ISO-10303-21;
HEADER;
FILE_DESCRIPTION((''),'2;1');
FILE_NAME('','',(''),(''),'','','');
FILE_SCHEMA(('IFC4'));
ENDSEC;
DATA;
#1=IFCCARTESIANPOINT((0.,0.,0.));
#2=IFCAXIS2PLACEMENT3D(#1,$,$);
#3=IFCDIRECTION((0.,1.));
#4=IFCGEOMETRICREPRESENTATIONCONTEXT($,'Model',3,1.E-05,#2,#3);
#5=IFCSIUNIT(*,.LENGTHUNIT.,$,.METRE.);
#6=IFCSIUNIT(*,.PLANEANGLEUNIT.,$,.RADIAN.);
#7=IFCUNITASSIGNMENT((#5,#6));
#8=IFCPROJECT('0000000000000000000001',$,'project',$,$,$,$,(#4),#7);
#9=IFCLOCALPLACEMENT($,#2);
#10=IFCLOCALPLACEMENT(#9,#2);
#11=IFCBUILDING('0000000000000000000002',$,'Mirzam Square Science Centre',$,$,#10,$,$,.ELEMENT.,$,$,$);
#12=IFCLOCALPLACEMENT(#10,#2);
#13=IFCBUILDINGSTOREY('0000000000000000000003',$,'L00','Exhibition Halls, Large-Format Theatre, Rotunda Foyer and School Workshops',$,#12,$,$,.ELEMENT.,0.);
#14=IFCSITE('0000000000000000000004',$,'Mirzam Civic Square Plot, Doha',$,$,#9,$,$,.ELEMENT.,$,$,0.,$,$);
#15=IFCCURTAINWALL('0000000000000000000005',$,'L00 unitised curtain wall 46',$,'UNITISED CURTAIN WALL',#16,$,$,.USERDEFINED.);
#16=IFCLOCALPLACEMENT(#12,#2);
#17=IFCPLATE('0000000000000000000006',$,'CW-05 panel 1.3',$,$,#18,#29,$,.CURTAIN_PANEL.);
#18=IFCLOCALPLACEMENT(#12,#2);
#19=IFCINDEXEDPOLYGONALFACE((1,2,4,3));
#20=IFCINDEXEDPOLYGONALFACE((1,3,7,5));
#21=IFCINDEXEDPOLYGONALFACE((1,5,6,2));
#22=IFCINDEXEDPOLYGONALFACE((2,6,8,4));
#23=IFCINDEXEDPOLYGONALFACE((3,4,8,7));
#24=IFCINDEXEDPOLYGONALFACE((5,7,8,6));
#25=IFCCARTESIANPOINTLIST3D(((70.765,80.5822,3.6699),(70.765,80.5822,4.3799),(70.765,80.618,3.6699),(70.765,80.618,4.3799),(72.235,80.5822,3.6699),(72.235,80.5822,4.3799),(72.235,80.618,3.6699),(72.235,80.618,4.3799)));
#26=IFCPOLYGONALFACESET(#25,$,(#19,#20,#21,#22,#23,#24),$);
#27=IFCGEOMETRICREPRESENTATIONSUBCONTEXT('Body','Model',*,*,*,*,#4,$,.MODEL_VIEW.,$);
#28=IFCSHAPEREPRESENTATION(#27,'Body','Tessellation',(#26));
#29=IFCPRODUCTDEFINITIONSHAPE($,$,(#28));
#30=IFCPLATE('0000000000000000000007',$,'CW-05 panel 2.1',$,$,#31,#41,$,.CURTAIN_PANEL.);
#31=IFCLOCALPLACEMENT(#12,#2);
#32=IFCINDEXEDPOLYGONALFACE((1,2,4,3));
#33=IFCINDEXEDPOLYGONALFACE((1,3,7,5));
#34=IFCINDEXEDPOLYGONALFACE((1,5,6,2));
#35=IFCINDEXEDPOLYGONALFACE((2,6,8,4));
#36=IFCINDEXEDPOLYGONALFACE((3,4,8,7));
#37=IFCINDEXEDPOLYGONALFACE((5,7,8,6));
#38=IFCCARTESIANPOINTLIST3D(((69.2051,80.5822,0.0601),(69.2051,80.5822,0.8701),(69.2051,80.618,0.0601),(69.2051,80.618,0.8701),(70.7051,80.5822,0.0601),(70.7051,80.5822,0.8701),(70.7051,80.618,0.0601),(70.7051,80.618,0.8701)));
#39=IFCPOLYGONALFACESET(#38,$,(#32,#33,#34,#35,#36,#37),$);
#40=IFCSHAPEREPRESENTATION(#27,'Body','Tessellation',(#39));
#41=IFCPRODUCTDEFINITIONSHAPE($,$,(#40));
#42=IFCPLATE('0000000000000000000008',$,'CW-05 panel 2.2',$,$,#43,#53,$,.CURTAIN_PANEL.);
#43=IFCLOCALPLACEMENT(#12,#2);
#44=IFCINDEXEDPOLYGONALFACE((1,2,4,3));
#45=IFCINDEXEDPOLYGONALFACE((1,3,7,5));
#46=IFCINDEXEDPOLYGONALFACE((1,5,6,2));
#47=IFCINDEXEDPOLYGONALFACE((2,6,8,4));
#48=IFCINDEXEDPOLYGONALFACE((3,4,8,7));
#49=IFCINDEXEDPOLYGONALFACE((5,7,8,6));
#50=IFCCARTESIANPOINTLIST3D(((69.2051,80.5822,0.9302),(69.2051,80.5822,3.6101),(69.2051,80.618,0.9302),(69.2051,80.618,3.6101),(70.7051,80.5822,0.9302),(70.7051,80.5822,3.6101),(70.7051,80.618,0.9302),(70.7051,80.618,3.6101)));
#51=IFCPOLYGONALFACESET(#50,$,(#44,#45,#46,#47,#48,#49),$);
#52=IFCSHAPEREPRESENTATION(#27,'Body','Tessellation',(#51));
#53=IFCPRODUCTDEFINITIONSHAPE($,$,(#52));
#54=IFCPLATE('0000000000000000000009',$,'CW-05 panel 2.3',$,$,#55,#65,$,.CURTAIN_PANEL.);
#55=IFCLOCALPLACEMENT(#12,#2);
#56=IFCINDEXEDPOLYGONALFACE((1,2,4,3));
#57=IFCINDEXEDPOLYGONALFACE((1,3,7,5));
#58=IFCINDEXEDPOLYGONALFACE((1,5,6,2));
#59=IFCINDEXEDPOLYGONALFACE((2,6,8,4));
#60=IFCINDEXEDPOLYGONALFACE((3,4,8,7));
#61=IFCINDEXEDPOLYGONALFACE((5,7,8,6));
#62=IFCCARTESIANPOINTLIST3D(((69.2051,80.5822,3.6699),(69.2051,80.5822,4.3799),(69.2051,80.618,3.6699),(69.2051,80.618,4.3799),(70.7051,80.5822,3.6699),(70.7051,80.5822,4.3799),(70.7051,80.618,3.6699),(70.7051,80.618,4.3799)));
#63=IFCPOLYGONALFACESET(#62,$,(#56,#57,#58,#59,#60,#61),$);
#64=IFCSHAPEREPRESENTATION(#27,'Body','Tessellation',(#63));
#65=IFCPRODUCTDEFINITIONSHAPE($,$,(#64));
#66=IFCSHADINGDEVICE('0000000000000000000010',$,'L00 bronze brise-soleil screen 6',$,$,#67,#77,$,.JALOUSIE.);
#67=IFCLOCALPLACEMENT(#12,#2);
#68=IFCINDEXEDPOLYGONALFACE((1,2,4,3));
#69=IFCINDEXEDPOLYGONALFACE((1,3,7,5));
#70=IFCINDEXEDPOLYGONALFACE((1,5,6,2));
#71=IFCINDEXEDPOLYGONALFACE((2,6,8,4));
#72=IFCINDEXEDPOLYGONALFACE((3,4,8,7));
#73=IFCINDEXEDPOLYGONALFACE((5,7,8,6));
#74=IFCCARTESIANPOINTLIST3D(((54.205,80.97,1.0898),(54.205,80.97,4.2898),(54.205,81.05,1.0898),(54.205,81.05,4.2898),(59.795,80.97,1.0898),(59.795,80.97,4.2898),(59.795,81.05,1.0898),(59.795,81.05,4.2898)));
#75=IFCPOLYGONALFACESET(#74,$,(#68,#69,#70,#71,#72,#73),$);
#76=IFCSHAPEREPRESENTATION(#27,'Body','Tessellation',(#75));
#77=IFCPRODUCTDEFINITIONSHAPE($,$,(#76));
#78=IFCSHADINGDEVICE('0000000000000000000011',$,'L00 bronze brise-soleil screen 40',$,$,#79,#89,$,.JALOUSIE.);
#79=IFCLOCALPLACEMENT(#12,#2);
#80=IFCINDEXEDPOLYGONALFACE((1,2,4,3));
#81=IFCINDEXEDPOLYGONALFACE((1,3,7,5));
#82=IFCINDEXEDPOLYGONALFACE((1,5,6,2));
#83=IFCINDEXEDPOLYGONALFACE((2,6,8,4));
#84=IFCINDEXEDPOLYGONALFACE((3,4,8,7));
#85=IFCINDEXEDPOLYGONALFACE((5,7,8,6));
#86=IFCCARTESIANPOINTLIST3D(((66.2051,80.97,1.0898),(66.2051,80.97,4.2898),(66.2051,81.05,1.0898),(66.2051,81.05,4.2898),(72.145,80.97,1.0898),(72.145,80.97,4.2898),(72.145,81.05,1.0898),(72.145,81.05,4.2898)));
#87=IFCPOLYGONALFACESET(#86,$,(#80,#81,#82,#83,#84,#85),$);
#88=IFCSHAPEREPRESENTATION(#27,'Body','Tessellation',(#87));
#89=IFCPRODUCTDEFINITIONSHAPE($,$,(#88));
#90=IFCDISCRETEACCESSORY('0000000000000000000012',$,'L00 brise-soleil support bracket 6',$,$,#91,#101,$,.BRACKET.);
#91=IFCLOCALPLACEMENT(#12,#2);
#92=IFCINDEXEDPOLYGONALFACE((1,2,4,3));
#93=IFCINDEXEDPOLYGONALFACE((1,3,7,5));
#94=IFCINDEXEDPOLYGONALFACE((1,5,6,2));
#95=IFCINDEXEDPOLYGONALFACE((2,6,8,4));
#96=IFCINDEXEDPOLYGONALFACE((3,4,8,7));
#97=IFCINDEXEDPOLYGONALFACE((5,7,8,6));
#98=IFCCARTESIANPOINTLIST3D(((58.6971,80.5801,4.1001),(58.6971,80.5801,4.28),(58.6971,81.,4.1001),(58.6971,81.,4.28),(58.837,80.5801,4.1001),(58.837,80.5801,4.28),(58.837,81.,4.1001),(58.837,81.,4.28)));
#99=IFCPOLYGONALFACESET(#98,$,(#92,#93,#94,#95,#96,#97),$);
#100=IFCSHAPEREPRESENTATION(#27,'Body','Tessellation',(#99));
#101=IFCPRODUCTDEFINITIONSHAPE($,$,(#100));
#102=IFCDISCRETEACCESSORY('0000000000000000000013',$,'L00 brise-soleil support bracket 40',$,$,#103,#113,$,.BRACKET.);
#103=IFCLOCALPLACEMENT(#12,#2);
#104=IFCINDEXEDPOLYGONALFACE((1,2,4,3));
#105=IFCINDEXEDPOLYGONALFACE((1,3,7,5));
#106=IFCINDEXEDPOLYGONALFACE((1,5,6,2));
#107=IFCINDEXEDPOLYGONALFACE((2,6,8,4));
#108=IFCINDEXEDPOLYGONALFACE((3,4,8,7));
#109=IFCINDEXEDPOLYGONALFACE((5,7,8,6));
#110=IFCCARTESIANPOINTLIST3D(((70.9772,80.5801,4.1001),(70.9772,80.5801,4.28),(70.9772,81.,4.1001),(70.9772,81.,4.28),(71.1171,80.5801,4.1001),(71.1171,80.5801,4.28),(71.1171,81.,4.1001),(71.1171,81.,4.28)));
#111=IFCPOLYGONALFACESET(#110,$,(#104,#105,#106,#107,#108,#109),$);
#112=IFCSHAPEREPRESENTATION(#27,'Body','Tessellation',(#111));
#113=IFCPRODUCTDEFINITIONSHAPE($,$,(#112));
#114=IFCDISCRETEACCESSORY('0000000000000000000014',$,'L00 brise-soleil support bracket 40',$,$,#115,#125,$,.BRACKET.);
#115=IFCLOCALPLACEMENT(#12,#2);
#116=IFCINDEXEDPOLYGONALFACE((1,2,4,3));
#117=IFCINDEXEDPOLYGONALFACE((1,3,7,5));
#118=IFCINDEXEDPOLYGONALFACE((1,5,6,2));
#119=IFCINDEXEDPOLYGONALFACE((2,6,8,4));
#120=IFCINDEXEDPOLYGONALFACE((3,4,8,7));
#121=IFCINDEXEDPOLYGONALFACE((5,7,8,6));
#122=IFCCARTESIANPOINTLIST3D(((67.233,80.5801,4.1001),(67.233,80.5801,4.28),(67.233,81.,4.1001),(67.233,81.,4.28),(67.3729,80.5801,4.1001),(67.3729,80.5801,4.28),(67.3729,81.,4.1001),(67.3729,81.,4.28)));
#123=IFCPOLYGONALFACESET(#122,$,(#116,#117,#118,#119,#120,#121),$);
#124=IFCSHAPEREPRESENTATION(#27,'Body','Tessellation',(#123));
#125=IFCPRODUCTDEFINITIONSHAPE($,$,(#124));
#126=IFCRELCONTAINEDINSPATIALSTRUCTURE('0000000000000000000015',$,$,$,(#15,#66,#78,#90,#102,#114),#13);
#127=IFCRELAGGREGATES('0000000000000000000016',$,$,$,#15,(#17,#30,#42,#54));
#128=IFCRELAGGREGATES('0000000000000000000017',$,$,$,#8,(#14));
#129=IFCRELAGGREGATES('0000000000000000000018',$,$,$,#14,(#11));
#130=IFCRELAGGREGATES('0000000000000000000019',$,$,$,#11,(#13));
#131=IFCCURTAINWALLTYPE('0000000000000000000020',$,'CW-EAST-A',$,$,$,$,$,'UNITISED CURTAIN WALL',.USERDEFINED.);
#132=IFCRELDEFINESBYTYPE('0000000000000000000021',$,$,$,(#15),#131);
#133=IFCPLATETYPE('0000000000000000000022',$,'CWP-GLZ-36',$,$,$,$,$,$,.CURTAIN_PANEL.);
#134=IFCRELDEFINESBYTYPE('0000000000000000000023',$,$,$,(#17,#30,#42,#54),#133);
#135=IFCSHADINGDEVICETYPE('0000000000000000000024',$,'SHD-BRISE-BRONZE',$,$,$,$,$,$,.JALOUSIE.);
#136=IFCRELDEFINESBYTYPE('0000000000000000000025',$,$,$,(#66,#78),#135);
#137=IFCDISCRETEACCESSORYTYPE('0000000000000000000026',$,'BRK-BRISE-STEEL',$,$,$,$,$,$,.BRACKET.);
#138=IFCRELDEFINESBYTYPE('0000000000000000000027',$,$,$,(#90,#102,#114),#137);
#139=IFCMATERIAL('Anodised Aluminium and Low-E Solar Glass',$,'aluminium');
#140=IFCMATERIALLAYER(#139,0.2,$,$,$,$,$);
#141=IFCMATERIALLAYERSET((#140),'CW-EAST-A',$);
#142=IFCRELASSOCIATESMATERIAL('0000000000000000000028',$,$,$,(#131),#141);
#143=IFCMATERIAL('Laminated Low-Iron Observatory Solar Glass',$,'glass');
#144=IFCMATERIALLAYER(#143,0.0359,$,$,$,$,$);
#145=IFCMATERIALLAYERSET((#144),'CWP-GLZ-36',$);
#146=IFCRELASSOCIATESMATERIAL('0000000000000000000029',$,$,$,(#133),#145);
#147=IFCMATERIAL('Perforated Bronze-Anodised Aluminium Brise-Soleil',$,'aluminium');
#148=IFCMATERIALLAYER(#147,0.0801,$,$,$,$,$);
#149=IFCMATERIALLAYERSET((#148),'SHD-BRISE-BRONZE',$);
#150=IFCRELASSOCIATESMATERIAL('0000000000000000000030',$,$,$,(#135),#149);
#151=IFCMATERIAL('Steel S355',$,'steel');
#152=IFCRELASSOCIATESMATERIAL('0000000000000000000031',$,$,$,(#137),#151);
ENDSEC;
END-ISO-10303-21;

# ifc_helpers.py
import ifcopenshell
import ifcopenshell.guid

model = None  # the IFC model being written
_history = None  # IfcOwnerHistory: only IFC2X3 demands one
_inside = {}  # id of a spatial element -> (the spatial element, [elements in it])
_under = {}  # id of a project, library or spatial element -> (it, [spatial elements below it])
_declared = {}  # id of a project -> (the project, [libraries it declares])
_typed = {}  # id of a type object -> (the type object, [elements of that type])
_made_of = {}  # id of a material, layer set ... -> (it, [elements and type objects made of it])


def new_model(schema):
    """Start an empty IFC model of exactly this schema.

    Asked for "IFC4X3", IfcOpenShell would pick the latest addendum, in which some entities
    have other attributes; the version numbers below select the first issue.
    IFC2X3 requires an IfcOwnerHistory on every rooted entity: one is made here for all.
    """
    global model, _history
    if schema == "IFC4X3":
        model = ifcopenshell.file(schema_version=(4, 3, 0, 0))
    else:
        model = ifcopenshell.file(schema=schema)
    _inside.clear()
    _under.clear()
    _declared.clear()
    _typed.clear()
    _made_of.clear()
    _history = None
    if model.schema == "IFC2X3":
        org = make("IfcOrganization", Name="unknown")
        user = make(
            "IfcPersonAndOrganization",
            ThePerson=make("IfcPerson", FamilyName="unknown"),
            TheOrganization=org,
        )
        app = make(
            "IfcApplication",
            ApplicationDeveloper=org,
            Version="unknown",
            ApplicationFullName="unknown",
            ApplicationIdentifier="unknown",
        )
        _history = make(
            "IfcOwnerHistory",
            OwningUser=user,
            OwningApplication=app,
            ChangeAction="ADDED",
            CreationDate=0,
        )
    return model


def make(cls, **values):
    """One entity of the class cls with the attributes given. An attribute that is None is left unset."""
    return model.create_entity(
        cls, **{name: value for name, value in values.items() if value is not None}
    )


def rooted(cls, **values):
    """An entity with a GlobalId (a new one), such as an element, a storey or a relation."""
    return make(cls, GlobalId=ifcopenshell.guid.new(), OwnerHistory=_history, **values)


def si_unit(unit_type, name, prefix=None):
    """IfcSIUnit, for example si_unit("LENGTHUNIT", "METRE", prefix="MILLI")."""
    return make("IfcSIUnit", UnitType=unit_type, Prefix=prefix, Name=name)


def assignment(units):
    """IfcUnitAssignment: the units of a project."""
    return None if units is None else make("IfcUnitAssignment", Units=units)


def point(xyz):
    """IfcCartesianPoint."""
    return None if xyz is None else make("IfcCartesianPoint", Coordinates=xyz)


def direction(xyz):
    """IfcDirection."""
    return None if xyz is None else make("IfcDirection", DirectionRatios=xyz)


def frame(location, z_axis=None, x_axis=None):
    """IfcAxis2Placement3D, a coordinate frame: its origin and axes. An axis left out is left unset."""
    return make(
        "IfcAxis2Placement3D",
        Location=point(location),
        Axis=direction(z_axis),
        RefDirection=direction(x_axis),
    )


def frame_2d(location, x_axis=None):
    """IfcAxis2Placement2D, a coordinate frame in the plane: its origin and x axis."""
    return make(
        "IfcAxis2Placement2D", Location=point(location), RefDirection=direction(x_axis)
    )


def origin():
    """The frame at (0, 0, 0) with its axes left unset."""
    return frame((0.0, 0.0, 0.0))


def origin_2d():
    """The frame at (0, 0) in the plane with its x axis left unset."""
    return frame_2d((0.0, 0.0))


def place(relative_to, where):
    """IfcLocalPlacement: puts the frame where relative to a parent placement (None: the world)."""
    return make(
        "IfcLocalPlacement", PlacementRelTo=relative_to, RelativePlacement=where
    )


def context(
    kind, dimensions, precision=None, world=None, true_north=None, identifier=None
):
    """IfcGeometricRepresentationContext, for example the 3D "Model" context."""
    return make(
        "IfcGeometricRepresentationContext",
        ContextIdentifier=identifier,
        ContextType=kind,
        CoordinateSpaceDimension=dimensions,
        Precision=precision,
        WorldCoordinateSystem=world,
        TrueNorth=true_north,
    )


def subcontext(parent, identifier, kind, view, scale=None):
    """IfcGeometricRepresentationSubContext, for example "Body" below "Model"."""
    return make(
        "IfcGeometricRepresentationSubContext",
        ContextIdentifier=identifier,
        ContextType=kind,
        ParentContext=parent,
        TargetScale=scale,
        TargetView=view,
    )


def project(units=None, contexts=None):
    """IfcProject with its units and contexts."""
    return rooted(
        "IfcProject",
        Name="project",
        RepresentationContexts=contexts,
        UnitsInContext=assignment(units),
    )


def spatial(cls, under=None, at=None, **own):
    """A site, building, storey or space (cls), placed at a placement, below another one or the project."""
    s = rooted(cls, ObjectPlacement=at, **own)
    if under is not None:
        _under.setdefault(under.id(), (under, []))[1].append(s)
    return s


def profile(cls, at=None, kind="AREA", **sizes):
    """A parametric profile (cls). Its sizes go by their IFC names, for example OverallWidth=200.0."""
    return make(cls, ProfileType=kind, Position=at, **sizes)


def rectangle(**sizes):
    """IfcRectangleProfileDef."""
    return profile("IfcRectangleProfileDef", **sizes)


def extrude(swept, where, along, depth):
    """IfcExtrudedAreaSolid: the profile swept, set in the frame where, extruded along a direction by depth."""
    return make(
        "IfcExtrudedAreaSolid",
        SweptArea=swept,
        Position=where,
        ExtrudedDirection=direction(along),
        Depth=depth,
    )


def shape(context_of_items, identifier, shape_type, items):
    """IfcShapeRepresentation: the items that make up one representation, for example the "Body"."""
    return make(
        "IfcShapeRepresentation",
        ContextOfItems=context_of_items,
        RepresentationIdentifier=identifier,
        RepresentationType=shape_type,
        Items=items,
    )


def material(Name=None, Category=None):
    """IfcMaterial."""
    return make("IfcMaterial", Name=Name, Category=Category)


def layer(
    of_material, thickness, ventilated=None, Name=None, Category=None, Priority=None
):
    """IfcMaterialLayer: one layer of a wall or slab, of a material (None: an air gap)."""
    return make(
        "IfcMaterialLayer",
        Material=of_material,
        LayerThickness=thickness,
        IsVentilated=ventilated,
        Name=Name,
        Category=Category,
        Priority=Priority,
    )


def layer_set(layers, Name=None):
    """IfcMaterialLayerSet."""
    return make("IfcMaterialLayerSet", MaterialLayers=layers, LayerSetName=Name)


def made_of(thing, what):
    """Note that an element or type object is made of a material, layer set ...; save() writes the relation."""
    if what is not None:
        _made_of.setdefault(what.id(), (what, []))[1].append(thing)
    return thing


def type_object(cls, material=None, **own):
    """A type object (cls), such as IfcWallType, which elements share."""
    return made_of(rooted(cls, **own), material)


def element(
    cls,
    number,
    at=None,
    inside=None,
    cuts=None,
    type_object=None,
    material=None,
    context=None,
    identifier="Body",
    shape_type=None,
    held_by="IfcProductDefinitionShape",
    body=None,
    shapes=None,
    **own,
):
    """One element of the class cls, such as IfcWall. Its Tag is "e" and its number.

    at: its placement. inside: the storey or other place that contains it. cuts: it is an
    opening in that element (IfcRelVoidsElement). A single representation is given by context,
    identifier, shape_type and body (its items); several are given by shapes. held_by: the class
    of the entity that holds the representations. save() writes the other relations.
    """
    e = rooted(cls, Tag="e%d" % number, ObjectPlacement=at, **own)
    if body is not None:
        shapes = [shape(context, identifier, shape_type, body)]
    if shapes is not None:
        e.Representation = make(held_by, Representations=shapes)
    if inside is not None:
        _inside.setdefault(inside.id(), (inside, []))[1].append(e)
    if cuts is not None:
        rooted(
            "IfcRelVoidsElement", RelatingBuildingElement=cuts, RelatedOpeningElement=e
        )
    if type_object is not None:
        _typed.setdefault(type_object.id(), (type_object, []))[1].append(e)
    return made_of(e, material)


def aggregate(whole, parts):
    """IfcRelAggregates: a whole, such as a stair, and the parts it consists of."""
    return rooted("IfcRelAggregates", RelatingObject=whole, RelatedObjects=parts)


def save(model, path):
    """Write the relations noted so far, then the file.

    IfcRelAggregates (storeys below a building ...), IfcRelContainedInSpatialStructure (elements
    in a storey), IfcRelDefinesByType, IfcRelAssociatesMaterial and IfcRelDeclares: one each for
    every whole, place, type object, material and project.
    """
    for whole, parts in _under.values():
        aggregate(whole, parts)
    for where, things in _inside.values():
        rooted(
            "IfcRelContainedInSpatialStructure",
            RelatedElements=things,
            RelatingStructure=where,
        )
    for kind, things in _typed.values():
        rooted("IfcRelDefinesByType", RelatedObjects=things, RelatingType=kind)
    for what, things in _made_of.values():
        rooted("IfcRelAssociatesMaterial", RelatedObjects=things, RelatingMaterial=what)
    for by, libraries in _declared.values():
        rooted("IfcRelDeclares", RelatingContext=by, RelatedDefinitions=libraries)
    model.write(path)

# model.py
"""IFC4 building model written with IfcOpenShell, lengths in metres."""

from ifc_helpers import new_model, si_unit, direction, frame, origin, origin_2d, place, context, subcontext, project, spatial, rectangle, extrude, material, layer, layer_set, type_object, element, aggregate, save


model = new_model("IFC4")

# Units and contexts
model_context = context("Model", 3, precision=1e-05, world=origin(), true_north=direction((0.0, 1.0)))
body_context = subcontext(model_context, "Body", "Model", "MODEL_VIEW")
ifc_project = project(units=[si_unit("LENGTHUNIT", "METRE"), si_unit("PLANEANGLEUNIT", "RADIAN")], contexts=[model_context])

# Site, building, storey
site_placement = place(None, origin())
site = spatial("IfcSite", under=ifc_project, at=site_placement, Name="Mirzam Civic Square Plot, Doha", CompositionType="ELEMENT", RefElevation=0.0)
building_placement = place(site_placement, origin())
building = spatial("IfcBuilding", under=site, at=building_placement, Name="Mirzam Square Science Centre", CompositionType="ELEMENT")
storey_placement = place(building_placement, origin())
storey = spatial("IfcBuildingStorey", under=building, at=storey_placement, Name="L00", Description="Exhibition Halls, Large-Format Theatre, Rotunda Foyer and School Workshops", CompositionType="ELEMENT", Elevation=0.0)

# Curtain wall, plates
ifc_material_1 = material(Name="Anodised Aluminium and Low-E Solar Glass", Category="aluminium")
ifc_layer_1 = layer(ifc_material_1, 0.2)
ifc_layer_set_1 = layer_set([ifc_layer_1], Name="CW-EAST-A")
curtain_wall_type = type_object("IfcCurtainWallType", Name="CW-EAST-A", ElementType="UNITISED CURTAIN WALL", PredefinedType="USERDEFINED", material=ifc_layer_set_1)
curtain_wall_placement = place(storey_placement, origin())
curtain_wall = element("IfcCurtainWall", 1, at=curtain_wall_placement, inside=storey, type_object=curtain_wall_type, Name="L00 unitised curtain wall 46", ObjectType="UNITISED CURTAIN WALL", PredefinedType="USERDEFINED")
ifc_material_2 = material(Name="Laminated Low-Iron Observatory Solar Glass", Category="glass")
ifc_layer_2 = layer(ifc_material_2, 0.0359)
ifc_layer_set_2 = layer_set([ifc_layer_2], Name="CWP-GLZ-36")
plate_type = type_object("IfcPlateType", Name="CWP-GLZ-36", PredefinedType="CURTAIN_PANEL", material=ifc_layer_set_2)
plate_1_placement = place(storey_placement, frame((71.5, 80.6001, 3.6699), z_axis=(0.0, 0.0, 1.0), x_axis=(-1.0, 0.0, 0.0)))
plate_1 = element("IfcPlate", 2, at=plate_1_placement, type_object=plate_type, Name="CW-05 panel 1.3", PredefinedType="CURTAIN_PANEL", context=body_context, shape_type="SweptSolid", body=[
    extrude(rectangle(XDim=1.47, YDim=0.0359, at=origin_2d()), origin(), (0.0, 0.0, 1.0), 0.71),
])
plate_2_placement = place(storey_placement, frame((69.9551, 80.6001, 0.0601), z_axis=(0.0, 0.0, 1.0), x_axis=(-1.0, 0.0, 0.0)))
plate_2 = element("IfcPlate", 3, at=plate_2_placement, type_object=plate_type, Name="CW-05 panel 2.1", PredefinedType="CURTAIN_PANEL", context=body_context, shape_type="SweptSolid", body=[
    extrude(rectangle(XDim=1.5, YDim=0.0359, at=origin_2d()), origin(), (0.0, 0.0, 1.0), 0.8101),
])
plate_3_placement = place(storey_placement, frame((69.9551, 80.6001, 0.9302), z_axis=(0.0, 0.0, 1.0), x_axis=(-1.0, 0.0, 0.0)))
plate_3 = element("IfcPlate", 4, at=plate_3_placement, type_object=plate_type, Name="CW-05 panel 2.2", PredefinedType="CURTAIN_PANEL", context=body_context, shape_type="SweptSolid", body=[
    extrude(rectangle(XDim=1.5, YDim=0.0359, at=origin_2d()), origin(), (0.0, 0.0, 1.0), 2.6799),
])
plate_4_placement = place(storey_placement, frame((69.9551, 80.6001, 3.6699), z_axis=(0.0, 0.0, 1.0), x_axis=(-1.0, 0.0, 0.0)))
plate_4 = element("IfcPlate", 5, at=plate_4_placement, type_object=plate_type, Name="CW-05 panel 2.3", PredefinedType="CURTAIN_PANEL", context=body_context, shape_type="SweptSolid", body=[
    extrude(rectangle(XDim=1.5, YDim=0.0359, at=origin_2d()), origin(), (0.0, 0.0, 1.0), 0.71),
])
aggregate(curtain_wall, [plate_1, plate_2, plate_3, plate_4])

# Shading devices
ifc_material_3 = material(Name="Perforated Bronze-Anodised Aluminium Brise-Soleil", Category="aluminium")
ifc_layer_3 = layer(ifc_material_3, 0.0801)
ifc_layer_set_3 = layer_set([ifc_layer_3], Name="SHD-BRISE-BRONZE")
shading_device_type = type_object("IfcShadingDeviceType", Name="SHD-BRISE-BRONZE", PredefinedType="JALOUSIE", material=ifc_layer_set_3)
shading_device_1_placement = place(storey_placement, frame((57.0, 81.01, 1.0898), z_axis=(0.0, 0.0, 1.0), x_axis=(-1.0, 0.0, 0.0)))
element("IfcShadingDevice", 6, at=shading_device_1_placement, inside=storey, type_object=shading_device_type, Name="L00 bronze brise-soleil screen 6", PredefinedType="JALOUSIE", context=body_context, shape_type="SweptSolid", body=[
    extrude(rectangle(XDim=5.5901, YDim=0.0801, at=origin_2d()), origin(), (0.0, 0.0, 1.0), 3.2),
])
shading_device_2_placement = place(storey_placement, frame((69.175, 81.01, 1.0898), z_axis=(0.0, 0.0, 1.0), x_axis=(-1.0, 0.0, 0.0)))
element("IfcShadingDevice", 7, at=shading_device_2_placement, inside=storey, type_object=shading_device_type, Name="L00 bronze brise-soleil screen 40", PredefinedType="JALOUSIE", context=body_context, shape_type="SweptSolid", body=[
    extrude(rectangle(XDim=5.9399, YDim=0.0801, at=origin_2d()), origin(), (0.0, 0.0, 1.0), 3.2),
])

# Discrete accessories
ifc_material_4 = material(Name="Steel S355", Category="steel")
discrete_accessory_type = type_object("IfcDiscreteAccessoryType", Name="BRK-BRISE-STEEL", PredefinedType="BRACKET", material=ifc_material_4)
for number, where, z_axis, x_axis, name in (
    (8, (58.7671, 80.79, 4.1001), (0.0, 0.0, 1.0), (-1.0, 0.0, 0.0), "L00 brise-soleil support bracket 6"),
    (9, (71.0471, 80.79, 4.1001), (0.0, 0.0, 1.0), (-1.0, 0.0, 0.0), "L00 brise-soleil support bracket 40"),
    (10, (67.303, 80.79, 4.1001), (0.0, 0.0, 1.0), (-1.0, 0.0, 0.0), "L00 brise-soleil support bracket 40"),
):
    element("IfcDiscreteAccessory", number, at=place(storey_placement, frame(where, z_axis=z_axis, x_axis=x_axis)), inside=storey, type_object=discrete_accessory_type, Name=name, PredefinedType="BRACKET", context=body_context, shape_type="SweptSolid", body=[
        extrude(rectangle(XDim=0.1399, YDim=0.4199, at=origin_2d()), origin(), (0.0, 0.0, 1.0), 0.1799),
    ])

save(model, "model.ifc")
